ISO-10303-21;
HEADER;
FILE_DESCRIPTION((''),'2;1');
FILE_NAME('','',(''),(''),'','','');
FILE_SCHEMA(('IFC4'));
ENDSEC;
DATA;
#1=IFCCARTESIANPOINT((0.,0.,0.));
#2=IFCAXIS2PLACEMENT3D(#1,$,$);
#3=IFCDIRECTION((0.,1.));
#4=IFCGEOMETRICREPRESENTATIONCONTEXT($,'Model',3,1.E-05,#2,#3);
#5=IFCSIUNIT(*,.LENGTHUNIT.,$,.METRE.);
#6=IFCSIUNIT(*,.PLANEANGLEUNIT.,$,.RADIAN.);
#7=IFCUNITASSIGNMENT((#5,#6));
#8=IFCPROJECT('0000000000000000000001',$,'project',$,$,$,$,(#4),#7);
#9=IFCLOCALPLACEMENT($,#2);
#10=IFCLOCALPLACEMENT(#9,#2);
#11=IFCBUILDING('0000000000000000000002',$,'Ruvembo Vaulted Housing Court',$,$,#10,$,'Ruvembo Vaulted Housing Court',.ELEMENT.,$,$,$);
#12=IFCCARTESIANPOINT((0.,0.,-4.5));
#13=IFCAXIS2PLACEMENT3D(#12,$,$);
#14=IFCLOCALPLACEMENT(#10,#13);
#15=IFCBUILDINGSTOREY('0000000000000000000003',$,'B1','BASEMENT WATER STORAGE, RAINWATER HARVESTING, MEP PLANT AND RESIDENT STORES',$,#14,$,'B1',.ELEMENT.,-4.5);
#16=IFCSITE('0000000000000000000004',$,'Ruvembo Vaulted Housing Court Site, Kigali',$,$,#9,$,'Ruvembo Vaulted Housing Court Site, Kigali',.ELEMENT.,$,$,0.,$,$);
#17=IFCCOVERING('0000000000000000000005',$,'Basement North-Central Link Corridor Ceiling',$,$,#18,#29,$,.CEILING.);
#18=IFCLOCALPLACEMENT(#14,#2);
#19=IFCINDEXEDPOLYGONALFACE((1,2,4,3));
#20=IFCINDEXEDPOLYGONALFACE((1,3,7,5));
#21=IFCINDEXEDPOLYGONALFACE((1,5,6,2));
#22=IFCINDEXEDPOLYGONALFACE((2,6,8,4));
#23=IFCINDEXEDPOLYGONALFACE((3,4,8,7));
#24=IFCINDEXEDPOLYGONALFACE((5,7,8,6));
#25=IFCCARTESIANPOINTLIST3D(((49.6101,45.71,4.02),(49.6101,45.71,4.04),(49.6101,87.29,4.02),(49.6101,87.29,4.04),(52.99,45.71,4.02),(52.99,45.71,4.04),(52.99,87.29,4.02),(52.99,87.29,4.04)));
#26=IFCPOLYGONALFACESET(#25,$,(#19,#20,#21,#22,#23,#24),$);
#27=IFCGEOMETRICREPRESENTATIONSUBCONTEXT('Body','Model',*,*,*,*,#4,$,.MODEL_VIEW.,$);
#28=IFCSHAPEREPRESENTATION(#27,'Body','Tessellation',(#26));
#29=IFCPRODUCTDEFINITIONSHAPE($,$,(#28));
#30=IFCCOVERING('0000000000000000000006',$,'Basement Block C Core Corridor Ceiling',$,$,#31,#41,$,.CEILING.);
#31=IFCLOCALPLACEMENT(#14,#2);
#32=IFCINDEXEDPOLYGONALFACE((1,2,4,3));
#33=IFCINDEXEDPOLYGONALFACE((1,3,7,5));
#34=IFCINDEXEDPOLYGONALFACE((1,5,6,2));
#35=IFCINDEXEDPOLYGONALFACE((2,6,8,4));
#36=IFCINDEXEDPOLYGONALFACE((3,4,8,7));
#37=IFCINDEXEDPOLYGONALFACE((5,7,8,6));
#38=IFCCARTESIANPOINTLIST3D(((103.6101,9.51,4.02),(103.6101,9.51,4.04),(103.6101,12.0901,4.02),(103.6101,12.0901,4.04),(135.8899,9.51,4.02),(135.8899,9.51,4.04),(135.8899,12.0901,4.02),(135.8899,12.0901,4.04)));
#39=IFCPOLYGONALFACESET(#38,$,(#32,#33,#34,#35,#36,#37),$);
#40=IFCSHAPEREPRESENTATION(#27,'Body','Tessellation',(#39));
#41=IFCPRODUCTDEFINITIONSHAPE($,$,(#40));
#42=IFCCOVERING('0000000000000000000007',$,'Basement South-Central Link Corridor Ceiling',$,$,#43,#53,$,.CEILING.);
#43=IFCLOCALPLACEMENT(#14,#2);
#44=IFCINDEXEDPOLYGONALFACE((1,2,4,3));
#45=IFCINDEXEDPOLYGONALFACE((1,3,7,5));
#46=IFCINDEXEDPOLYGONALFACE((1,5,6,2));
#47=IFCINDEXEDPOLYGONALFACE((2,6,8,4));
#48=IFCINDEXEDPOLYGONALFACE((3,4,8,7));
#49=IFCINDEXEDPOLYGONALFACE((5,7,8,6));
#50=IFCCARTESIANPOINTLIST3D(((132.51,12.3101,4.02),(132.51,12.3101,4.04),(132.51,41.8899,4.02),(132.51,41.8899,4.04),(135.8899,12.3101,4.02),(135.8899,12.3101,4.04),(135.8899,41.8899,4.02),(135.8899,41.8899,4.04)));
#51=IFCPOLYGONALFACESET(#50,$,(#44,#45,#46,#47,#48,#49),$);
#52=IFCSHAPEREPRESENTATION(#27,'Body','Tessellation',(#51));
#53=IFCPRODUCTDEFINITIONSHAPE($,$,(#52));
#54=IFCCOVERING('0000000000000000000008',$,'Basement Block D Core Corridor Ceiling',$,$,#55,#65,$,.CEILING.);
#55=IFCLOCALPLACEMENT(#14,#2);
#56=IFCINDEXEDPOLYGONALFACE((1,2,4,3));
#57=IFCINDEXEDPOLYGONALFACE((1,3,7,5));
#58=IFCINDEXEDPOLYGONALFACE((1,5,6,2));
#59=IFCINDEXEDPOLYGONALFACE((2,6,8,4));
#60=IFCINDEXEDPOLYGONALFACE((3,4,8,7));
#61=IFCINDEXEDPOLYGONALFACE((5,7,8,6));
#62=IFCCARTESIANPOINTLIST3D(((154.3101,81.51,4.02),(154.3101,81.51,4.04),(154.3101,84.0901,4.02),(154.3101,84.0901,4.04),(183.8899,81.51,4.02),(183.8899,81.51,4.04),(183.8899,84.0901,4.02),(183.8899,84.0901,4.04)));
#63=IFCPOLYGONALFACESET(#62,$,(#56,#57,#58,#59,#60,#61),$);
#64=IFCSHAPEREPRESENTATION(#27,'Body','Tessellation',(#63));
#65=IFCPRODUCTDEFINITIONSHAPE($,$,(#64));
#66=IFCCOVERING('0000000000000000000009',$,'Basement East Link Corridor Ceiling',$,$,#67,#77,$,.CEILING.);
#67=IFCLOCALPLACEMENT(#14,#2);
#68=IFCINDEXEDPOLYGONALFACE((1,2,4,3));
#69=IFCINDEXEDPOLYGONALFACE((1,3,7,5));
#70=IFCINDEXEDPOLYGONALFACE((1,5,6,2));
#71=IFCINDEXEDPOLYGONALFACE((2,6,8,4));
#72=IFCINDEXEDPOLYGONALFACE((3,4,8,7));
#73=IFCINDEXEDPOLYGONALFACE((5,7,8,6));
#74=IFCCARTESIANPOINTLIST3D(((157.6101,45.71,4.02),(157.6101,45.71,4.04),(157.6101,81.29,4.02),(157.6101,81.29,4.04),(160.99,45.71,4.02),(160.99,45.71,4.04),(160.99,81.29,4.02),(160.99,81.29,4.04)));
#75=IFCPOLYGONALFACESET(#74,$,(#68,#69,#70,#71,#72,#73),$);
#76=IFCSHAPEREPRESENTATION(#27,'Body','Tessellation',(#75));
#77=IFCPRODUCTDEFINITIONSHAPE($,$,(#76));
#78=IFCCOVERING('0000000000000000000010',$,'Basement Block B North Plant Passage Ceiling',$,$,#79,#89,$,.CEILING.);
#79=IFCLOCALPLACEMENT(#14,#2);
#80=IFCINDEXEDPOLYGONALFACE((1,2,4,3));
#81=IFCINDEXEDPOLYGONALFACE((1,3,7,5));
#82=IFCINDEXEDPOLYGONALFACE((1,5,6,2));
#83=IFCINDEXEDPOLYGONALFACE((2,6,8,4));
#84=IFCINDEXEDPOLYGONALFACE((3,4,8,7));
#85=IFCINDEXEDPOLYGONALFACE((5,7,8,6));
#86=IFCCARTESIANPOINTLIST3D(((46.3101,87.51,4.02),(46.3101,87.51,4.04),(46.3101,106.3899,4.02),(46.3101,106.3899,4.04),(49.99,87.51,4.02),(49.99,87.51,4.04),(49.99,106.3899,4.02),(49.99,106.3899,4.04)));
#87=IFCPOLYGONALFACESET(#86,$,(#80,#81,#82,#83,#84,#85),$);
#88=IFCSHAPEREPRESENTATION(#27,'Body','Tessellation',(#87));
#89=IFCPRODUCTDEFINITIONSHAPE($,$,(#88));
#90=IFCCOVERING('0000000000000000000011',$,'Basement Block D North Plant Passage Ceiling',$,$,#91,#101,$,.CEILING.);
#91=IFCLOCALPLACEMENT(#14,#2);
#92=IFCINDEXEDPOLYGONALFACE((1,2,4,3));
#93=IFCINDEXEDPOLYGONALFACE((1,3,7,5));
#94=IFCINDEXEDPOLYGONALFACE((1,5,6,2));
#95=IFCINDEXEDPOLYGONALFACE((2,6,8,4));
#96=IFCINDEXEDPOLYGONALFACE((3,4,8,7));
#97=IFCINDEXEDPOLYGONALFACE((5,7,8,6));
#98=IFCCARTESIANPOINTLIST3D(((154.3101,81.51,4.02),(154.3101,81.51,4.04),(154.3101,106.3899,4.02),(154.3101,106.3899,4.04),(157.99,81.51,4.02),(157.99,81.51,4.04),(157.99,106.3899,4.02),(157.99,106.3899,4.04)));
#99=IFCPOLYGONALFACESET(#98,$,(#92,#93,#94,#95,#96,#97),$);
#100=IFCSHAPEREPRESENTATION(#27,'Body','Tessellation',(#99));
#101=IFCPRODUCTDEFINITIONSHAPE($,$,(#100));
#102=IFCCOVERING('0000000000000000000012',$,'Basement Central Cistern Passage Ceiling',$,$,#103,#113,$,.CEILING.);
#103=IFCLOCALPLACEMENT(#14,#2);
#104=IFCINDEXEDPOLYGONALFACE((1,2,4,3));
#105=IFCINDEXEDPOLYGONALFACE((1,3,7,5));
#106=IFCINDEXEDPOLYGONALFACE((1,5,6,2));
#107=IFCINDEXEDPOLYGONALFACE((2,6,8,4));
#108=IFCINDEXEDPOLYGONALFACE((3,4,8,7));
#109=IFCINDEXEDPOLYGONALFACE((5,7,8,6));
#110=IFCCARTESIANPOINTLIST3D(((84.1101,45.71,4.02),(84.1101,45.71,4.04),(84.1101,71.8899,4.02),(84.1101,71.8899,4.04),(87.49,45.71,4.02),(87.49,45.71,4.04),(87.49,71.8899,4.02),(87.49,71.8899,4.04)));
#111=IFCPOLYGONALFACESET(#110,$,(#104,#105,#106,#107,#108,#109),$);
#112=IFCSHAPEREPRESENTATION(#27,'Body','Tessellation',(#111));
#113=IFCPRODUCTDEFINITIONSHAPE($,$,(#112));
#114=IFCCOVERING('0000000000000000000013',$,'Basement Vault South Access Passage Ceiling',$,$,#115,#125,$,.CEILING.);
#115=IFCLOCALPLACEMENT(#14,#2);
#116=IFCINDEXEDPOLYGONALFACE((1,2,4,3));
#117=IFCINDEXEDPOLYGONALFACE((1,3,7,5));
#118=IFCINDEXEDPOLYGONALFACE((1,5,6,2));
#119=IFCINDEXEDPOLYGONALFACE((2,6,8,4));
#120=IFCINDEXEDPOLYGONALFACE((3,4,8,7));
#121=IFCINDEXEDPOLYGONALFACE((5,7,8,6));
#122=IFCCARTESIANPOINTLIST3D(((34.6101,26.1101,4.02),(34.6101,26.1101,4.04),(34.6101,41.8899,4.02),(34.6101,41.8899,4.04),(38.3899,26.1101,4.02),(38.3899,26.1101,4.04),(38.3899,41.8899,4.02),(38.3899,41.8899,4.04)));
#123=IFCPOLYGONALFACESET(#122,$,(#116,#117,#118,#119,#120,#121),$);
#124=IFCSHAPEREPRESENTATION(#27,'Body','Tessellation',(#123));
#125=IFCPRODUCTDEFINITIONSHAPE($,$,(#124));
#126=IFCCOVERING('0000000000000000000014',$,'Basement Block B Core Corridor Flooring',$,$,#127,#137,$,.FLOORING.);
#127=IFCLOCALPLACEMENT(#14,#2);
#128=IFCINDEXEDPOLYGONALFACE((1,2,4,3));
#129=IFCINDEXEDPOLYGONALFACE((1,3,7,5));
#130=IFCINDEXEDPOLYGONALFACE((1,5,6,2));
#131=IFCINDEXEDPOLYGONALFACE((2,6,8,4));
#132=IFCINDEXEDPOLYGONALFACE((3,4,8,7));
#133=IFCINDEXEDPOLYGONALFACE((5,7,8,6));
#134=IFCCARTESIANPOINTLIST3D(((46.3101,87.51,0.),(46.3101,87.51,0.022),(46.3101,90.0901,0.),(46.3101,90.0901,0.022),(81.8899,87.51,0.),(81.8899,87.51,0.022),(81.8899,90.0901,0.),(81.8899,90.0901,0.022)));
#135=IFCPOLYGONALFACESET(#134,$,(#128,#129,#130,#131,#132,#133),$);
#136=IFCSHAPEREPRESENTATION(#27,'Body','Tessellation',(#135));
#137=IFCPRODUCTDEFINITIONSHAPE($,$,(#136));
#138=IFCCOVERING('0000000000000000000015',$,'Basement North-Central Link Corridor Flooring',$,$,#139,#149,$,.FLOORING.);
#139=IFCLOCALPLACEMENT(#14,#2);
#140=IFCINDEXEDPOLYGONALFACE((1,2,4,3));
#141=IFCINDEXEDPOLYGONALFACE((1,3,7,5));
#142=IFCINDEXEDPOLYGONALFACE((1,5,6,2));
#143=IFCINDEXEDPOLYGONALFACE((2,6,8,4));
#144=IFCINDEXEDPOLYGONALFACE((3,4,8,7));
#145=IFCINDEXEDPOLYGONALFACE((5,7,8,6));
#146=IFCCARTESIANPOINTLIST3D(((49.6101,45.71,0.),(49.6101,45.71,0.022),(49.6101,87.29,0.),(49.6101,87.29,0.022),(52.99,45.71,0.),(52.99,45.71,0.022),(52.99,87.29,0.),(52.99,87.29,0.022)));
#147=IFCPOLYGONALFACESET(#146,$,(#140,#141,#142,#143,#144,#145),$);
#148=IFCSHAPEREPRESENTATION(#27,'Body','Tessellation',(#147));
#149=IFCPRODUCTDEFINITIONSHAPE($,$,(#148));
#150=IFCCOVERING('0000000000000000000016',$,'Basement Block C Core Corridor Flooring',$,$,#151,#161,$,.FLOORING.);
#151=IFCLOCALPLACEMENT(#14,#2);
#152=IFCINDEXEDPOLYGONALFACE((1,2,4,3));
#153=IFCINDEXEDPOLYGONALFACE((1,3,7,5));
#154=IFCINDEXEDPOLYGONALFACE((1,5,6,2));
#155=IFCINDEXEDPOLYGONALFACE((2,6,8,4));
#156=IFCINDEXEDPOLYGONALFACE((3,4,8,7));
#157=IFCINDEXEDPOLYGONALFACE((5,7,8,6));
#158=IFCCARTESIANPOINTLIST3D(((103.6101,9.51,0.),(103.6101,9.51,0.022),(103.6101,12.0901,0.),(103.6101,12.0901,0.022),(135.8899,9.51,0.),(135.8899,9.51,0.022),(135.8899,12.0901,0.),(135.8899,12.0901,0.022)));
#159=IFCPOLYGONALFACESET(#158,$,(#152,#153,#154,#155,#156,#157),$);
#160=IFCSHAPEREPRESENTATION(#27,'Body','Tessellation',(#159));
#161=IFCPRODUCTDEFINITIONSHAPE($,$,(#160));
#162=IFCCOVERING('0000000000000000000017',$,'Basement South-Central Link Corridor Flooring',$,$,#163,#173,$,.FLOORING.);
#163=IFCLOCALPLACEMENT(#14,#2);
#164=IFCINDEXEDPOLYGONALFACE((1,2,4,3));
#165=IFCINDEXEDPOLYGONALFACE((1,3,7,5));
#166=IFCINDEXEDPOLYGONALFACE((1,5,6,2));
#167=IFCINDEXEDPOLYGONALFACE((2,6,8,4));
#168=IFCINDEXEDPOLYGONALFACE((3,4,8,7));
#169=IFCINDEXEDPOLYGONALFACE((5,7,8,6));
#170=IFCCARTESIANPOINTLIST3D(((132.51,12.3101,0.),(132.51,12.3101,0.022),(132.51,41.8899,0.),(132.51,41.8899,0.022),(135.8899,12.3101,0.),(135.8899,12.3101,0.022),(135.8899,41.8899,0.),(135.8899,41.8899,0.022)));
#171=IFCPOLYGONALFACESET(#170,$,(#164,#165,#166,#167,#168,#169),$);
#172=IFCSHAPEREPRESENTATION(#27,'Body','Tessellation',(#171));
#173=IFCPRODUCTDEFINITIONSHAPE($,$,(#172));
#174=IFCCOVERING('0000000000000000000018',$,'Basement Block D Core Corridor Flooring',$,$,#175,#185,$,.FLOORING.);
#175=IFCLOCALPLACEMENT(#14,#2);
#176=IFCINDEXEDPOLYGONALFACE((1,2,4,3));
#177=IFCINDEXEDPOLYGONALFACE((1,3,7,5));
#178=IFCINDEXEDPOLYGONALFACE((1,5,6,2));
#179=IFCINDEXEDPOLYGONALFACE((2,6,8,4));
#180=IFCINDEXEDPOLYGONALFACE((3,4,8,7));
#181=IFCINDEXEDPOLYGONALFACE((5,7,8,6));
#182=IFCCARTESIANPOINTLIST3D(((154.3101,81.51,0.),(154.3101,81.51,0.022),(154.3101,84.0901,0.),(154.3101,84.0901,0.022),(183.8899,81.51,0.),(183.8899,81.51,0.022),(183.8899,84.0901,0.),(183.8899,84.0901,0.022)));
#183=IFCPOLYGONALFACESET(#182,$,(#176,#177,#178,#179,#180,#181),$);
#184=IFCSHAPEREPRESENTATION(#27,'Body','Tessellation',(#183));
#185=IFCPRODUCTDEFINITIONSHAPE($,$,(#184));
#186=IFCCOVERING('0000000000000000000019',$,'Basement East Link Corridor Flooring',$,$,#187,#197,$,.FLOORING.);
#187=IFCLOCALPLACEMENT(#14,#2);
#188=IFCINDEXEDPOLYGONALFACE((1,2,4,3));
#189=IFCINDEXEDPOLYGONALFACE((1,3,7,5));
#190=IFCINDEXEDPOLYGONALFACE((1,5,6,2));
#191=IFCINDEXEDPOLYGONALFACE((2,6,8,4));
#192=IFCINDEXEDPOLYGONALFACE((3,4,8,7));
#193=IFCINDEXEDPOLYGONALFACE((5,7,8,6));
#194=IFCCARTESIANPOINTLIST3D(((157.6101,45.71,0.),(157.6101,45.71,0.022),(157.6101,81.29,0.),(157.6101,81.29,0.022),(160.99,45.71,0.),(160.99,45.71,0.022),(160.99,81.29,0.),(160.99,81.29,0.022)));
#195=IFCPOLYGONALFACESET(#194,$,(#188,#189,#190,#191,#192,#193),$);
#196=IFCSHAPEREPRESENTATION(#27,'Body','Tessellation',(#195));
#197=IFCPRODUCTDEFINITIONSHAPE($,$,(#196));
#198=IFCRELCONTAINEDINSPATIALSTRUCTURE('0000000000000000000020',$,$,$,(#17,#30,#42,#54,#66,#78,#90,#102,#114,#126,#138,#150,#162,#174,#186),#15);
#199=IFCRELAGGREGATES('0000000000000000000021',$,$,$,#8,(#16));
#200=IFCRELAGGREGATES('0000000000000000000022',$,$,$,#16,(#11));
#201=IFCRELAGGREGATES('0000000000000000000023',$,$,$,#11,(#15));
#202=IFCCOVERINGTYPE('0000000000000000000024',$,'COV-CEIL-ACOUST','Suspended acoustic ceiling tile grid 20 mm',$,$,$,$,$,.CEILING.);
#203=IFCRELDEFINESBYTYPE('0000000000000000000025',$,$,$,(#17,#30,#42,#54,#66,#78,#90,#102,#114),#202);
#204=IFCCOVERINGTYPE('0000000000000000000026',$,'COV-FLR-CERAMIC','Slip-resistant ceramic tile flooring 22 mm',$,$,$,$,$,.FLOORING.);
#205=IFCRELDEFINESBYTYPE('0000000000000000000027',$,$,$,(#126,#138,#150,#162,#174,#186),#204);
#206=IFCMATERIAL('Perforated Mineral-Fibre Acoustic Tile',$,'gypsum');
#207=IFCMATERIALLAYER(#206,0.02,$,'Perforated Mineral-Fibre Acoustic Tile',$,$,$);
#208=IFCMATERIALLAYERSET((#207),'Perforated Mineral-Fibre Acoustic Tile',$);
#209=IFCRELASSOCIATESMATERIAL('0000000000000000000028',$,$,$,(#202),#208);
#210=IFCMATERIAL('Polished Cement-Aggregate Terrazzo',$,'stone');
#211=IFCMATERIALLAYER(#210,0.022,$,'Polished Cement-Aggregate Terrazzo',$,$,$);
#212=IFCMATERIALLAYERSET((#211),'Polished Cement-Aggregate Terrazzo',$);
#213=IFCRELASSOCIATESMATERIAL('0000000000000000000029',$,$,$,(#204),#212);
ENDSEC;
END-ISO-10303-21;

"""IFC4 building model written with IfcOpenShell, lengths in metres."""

from ifc_helpers import new_model, si_unit, direction, frame, origin, place, context, subcontext, project, spatial, polyline, outline, extrude, material, layer, layer_set, type_object, element, save


model = new_model("IFC4")

# Units and contexts
model_context = context("Model", 3, precision=1e-05, world=origin(), true_north=direction((0.0, 1.0)))
body_context = subcontext(model_context, "Body", "Model", "MODEL_VIEW")
ifc_project = project(units=[si_unit("LENGTHUNIT", "METRE"), si_unit("PLANEANGLEUNIT", "RADIAN")], contexts=[model_context])

# Site, building, storey
site_placement = place(None, origin())
site = spatial("IfcSite", under=ifc_project, at=site_placement, Name="Ruvembo Vaulted Housing Court Site, Kigali", LongName="Ruvembo Vaulted Housing Court Site, Kigali", CompositionType="ELEMENT", RefElevation=0.0)
building_placement = place(site_placement, origin())
building = spatial("IfcBuilding", under=site, at=building_placement, Name="Ruvembo Vaulted Housing Court", LongName="Ruvembo Vaulted Housing Court", CompositionType="ELEMENT")
storey_placement = place(building_placement, frame((0.0, 0.0, -4.5)))
storey = spatial("IfcBuildingStorey", under=building, at=storey_placement, Name="B1", Description="BASEMENT WATER STORAGE, RAINWATER HARVESTING, MEP PLANT AND RESIDENT STORES", LongName="B1", CompositionType="ELEMENT", Elevation=-4.5)

# Coverings
ifc_material_1 = material(Name="Perforated Mineral-Fibre Acoustic Tile", Category="gypsum")
ifc_layer_1 = layer(ifc_material_1, 0.02, Name="Perforated Mineral-Fibre Acoustic Tile")
ifc_layer_set_1 = layer_set([ifc_layer_1], Name="Perforated Mineral-Fibre Acoustic Tile")
covering_type_1 = type_object("IfcCoveringType", Name="COV-CEIL-ACOUST", Description="Suspended acoustic ceiling tile grid 20 mm", PredefinedType="CEILING", material=ifc_layer_set_1)
covering_1_placement = place(storey_placement, frame((0.0, 0.0, 4.02)))
element("IfcCovering", 1, at=covering_1_placement, inside=storey, type_object=covering_type_1, Name="Basement North-Central Link Corridor Ceiling", PredefinedType="CEILING", context=body_context, shape_type="SweptSolid", body=[
    extrude(outline(polyline([(49.6101, 45.71), (52.99, 45.71), (52.99, 87.29), (49.6101, 87.29), (49.6101, 45.71)])), origin(), (0.0, 0.0, 1.0), 0.02),
])
covering_2_placement = place(storey_placement, frame((0.0, 0.0, 4.02)))
element("IfcCovering", 2, at=covering_2_placement, inside=storey, type_object=covering_type_1, Name="Basement Block C Core Corridor Ceiling", PredefinedType="CEILING", context=body_context, shape_type="SweptSolid", body=[
    extrude(outline(polyline([(103.6101, 9.51), (135.8899, 9.51), (135.8899, 12.0901), (103.6101, 12.0901), (103.6101, 9.51)])), origin(), (0.0, 0.0, 1.0), 0.02),
])
covering_3_placement = place(storey_placement, frame((0.0, 0.0, 4.02)))
element("IfcCovering", 3, at=covering_3_placement, inside=storey, type_object=covering_type_1, Name="Basement South-Central Link Corridor Ceiling", PredefinedType="CEILING", context=body_context, shape_type="SweptSolid", body=[
    extrude(outline(polyline([(132.51, 12.3101), (135.8899, 12.3101), (135.8899, 41.8899), (132.51, 41.8899), (132.51, 12.3101)])), origin(), (0.0, 0.0, 1.0), 0.02),
])
covering_4_placement = place(storey_placement, frame((0.0, 0.0, 4.02)))
element("IfcCovering", 4, at=covering_4_placement, inside=storey, type_object=covering_type_1, Name="Basement Block D Core Corridor Ceiling", PredefinedType="CEILING", context=body_context, shape_type="SweptSolid", body=[
    extrude(outline(polyline([(154.3101, 81.51), (183.8899, 81.51), (183.8899, 84.0901), (154.3101, 84.0901), (154.3101, 81.51)])), origin(), (0.0, 0.0, 1.0), 0.02),
])
covering_5_placement = place(storey_placement, frame((0.0, 0.0, 4.02)))
element("IfcCovering", 5, at=covering_5_placement, inside=storey, type_object=covering_type_1, Name="Basement East Link Corridor Ceiling", PredefinedType="CEILING", context=body_context, shape_type="SweptSolid", body=[
    extrude(outline(polyline([(157.6101, 45.71), (160.99, 45.71), (160.99, 81.29), (157.6101, 81.29), (157.6101, 45.71)])), origin(), (0.0, 0.0, 1.0), 0.02),
])
covering_6_placement = place(storey_placement, frame((0.0, 0.0, 4.02)))
element("IfcCovering", 6, at=covering_6_placement, inside=storey, type_object=covering_type_1, Name="Basement Block B North Plant Passage Ceiling", PredefinedType="CEILING", context=body_context, shape_type="SweptSolid", body=[
    extrude(outline(polyline([(49.99, 87.51), (49.99, 106.3899), (46.3101, 106.3899), (46.3101, 87.51), (49.99, 87.51)])), origin(), (0.0, 0.0, 1.0), 0.02),
])
covering_7_placement = place(storey_placement, frame((0.0, 0.0, 4.02)))
element("IfcCovering", 7, at=covering_7_placement, inside=storey, type_object=covering_type_1, Name="Basement Block D North Plant Passage Ceiling", PredefinedType="CEILING", context=body_context, shape_type="SweptSolid", body=[
    extrude(outline(polyline([(157.99, 81.51), (157.99, 106.3899), (154.3101, 106.3899), (154.3101, 81.51), (157.99, 81.51)])), origin(), (0.0, 0.0, 1.0), 0.02),
])
covering_8_placement = place(storey_placement, frame((0.0, 0.0, 4.02)))
element("IfcCovering", 8, at=covering_8_placement, inside=storey, type_object=covering_type_1, Name="Basement Central Cistern Passage Ceiling", PredefinedType="CEILING", context=body_context, shape_type="SweptSolid", body=[
    extrude(outline(polyline([(87.49, 45.71), (87.49, 71.8899), (84.1101, 71.8899), (84.1101, 45.71), (87.49, 45.71)])), origin(), (0.0, 0.0, 1.0), 0.02),
])
covering_9_placement = place(storey_placement, frame((0.0, 0.0, 4.02)))
element("IfcCovering", 9, at=covering_9_placement, inside=storey, type_object=covering_type_1, Name="Basement Vault South Access Passage Ceiling", PredefinedType="CEILING", context=body_context, shape_type="SweptSolid", body=[
    extrude(outline(polyline([(38.3899, 26.1101), (38.3899, 41.8899), (34.6101, 41.8899), (34.6101, 26.1101), (38.3899, 26.1101)])), origin(), (0.0, 0.0, 1.0), 0.02),
])
ifc_material_2 = material(Name="Polished Cement-Aggregate Terrazzo", Category="stone")
ifc_layer_2 = layer(ifc_material_2, 0.022, Name="Polished Cement-Aggregate Terrazzo")
ifc_layer_set_2 = layer_set([ifc_layer_2], Name="Polished Cement-Aggregate Terrazzo")
covering_type_2 = type_object("IfcCoveringType", Name="COV-FLR-CERAMIC", Description="Slip-resistant ceramic tile flooring 22 mm", PredefinedType="FLOORING", material=ifc_layer_set_2)
covering_10_placement = place(storey_placement, origin())
element("IfcCovering", 10, at=covering_10_placement, inside=storey, type_object=covering_type_2, Name="Basement Block B Core Corridor Flooring", PredefinedType="FLOORING", context=body_context, shape_type="SweptSolid", body=[
    extrude(outline(polyline([(46.3101, 87.51), (81.8899, 87.51), (81.8899, 90.0901), (46.3101, 90.0901), (46.3101, 87.51)])), origin(), (0.0, 0.0, 1.0), 0.022),
])
covering_11_placement = place(storey_placement, origin())
element("IfcCovering", 11, at=covering_11_placement, inside=storey, type_object=covering_type_2, Name="Basement North-Central Link Corridor Flooring", PredefinedType="FLOORING", context=body_context, shape_type="SweptSolid", body=[
    extrude(outline(polyline([(49.6101, 45.71), (52.99, 45.71), (52.99, 87.29), (49.6101, 87.29), (49.6101, 45.71)])), origin(), (0.0, 0.0, 1.0), 0.022),
])
covering_12_placement = place(storey_placement, origin())
element("IfcCovering", 12, at=covering_12_placement, inside=storey, type_object=covering_type_2, Name="Basement Block C Core Corridor Flooring", PredefinedType="FLOORING", context=body_context, shape_type="SweptSolid", body=[
    extrude(outline(polyline([(103.6101, 9.51), (135.8899, 9.51), (135.8899, 12.0901), (103.6101, 12.0901), (103.6101, 9.51)])), origin(), (0.0, 0.0, 1.0), 0.022),
])
covering_13_placement = place(storey_placement, origin())
element("IfcCovering", 13, at=covering_13_placement, inside=storey, type_object=covering_type_2, Name="Basement South-Central Link Corridor Flooring", PredefinedType="FLOORING", context=body_context, shape_type="SweptSolid", body=[
    extrude(outline(polyline([(132.51, 12.3101), (135.8899, 12.3101), (135.8899, 41.8899), (132.51, 41.8899), (132.51, 12.3101)])), origin(), (0.0, 0.0, 1.0), 0.022),
])
covering_14_placement = place(storey_placement, origin())
element("IfcCovering", 14, at=covering_14_placement, inside=storey, type_object=covering_type_2, Name="Basement Block D Core Corridor Flooring", PredefinedType="FLOORING", context=body_context, shape_type="SweptSolid", body=[
    extrude(outline(polyline([(154.3101, 81.51), (183.8899, 81.51), (183.8899, 84.0901), (154.3101, 84.0901), (154.3101, 81.51)])), origin(), (0.0, 0.0, 1.0), 0.022),
])
covering_15_placement = place(storey_placement, origin())
element("IfcCovering", 15, at=covering_15_placement, inside=storey, type_object=covering_type_2, Name="Basement East Link Corridor Flooring", PredefinedType="FLOORING", context=body_context, shape_type="SweptSolid", body=[
    extrude(outline(polyline([(157.6101, 45.71), (160.99, 45.71), (160.99, 81.29), (157.6101, 81.29), (157.6101, 45.71)])), origin(), (0.0, 0.0, 1.0), 0.022),
])

save(model, "model.ifc")
